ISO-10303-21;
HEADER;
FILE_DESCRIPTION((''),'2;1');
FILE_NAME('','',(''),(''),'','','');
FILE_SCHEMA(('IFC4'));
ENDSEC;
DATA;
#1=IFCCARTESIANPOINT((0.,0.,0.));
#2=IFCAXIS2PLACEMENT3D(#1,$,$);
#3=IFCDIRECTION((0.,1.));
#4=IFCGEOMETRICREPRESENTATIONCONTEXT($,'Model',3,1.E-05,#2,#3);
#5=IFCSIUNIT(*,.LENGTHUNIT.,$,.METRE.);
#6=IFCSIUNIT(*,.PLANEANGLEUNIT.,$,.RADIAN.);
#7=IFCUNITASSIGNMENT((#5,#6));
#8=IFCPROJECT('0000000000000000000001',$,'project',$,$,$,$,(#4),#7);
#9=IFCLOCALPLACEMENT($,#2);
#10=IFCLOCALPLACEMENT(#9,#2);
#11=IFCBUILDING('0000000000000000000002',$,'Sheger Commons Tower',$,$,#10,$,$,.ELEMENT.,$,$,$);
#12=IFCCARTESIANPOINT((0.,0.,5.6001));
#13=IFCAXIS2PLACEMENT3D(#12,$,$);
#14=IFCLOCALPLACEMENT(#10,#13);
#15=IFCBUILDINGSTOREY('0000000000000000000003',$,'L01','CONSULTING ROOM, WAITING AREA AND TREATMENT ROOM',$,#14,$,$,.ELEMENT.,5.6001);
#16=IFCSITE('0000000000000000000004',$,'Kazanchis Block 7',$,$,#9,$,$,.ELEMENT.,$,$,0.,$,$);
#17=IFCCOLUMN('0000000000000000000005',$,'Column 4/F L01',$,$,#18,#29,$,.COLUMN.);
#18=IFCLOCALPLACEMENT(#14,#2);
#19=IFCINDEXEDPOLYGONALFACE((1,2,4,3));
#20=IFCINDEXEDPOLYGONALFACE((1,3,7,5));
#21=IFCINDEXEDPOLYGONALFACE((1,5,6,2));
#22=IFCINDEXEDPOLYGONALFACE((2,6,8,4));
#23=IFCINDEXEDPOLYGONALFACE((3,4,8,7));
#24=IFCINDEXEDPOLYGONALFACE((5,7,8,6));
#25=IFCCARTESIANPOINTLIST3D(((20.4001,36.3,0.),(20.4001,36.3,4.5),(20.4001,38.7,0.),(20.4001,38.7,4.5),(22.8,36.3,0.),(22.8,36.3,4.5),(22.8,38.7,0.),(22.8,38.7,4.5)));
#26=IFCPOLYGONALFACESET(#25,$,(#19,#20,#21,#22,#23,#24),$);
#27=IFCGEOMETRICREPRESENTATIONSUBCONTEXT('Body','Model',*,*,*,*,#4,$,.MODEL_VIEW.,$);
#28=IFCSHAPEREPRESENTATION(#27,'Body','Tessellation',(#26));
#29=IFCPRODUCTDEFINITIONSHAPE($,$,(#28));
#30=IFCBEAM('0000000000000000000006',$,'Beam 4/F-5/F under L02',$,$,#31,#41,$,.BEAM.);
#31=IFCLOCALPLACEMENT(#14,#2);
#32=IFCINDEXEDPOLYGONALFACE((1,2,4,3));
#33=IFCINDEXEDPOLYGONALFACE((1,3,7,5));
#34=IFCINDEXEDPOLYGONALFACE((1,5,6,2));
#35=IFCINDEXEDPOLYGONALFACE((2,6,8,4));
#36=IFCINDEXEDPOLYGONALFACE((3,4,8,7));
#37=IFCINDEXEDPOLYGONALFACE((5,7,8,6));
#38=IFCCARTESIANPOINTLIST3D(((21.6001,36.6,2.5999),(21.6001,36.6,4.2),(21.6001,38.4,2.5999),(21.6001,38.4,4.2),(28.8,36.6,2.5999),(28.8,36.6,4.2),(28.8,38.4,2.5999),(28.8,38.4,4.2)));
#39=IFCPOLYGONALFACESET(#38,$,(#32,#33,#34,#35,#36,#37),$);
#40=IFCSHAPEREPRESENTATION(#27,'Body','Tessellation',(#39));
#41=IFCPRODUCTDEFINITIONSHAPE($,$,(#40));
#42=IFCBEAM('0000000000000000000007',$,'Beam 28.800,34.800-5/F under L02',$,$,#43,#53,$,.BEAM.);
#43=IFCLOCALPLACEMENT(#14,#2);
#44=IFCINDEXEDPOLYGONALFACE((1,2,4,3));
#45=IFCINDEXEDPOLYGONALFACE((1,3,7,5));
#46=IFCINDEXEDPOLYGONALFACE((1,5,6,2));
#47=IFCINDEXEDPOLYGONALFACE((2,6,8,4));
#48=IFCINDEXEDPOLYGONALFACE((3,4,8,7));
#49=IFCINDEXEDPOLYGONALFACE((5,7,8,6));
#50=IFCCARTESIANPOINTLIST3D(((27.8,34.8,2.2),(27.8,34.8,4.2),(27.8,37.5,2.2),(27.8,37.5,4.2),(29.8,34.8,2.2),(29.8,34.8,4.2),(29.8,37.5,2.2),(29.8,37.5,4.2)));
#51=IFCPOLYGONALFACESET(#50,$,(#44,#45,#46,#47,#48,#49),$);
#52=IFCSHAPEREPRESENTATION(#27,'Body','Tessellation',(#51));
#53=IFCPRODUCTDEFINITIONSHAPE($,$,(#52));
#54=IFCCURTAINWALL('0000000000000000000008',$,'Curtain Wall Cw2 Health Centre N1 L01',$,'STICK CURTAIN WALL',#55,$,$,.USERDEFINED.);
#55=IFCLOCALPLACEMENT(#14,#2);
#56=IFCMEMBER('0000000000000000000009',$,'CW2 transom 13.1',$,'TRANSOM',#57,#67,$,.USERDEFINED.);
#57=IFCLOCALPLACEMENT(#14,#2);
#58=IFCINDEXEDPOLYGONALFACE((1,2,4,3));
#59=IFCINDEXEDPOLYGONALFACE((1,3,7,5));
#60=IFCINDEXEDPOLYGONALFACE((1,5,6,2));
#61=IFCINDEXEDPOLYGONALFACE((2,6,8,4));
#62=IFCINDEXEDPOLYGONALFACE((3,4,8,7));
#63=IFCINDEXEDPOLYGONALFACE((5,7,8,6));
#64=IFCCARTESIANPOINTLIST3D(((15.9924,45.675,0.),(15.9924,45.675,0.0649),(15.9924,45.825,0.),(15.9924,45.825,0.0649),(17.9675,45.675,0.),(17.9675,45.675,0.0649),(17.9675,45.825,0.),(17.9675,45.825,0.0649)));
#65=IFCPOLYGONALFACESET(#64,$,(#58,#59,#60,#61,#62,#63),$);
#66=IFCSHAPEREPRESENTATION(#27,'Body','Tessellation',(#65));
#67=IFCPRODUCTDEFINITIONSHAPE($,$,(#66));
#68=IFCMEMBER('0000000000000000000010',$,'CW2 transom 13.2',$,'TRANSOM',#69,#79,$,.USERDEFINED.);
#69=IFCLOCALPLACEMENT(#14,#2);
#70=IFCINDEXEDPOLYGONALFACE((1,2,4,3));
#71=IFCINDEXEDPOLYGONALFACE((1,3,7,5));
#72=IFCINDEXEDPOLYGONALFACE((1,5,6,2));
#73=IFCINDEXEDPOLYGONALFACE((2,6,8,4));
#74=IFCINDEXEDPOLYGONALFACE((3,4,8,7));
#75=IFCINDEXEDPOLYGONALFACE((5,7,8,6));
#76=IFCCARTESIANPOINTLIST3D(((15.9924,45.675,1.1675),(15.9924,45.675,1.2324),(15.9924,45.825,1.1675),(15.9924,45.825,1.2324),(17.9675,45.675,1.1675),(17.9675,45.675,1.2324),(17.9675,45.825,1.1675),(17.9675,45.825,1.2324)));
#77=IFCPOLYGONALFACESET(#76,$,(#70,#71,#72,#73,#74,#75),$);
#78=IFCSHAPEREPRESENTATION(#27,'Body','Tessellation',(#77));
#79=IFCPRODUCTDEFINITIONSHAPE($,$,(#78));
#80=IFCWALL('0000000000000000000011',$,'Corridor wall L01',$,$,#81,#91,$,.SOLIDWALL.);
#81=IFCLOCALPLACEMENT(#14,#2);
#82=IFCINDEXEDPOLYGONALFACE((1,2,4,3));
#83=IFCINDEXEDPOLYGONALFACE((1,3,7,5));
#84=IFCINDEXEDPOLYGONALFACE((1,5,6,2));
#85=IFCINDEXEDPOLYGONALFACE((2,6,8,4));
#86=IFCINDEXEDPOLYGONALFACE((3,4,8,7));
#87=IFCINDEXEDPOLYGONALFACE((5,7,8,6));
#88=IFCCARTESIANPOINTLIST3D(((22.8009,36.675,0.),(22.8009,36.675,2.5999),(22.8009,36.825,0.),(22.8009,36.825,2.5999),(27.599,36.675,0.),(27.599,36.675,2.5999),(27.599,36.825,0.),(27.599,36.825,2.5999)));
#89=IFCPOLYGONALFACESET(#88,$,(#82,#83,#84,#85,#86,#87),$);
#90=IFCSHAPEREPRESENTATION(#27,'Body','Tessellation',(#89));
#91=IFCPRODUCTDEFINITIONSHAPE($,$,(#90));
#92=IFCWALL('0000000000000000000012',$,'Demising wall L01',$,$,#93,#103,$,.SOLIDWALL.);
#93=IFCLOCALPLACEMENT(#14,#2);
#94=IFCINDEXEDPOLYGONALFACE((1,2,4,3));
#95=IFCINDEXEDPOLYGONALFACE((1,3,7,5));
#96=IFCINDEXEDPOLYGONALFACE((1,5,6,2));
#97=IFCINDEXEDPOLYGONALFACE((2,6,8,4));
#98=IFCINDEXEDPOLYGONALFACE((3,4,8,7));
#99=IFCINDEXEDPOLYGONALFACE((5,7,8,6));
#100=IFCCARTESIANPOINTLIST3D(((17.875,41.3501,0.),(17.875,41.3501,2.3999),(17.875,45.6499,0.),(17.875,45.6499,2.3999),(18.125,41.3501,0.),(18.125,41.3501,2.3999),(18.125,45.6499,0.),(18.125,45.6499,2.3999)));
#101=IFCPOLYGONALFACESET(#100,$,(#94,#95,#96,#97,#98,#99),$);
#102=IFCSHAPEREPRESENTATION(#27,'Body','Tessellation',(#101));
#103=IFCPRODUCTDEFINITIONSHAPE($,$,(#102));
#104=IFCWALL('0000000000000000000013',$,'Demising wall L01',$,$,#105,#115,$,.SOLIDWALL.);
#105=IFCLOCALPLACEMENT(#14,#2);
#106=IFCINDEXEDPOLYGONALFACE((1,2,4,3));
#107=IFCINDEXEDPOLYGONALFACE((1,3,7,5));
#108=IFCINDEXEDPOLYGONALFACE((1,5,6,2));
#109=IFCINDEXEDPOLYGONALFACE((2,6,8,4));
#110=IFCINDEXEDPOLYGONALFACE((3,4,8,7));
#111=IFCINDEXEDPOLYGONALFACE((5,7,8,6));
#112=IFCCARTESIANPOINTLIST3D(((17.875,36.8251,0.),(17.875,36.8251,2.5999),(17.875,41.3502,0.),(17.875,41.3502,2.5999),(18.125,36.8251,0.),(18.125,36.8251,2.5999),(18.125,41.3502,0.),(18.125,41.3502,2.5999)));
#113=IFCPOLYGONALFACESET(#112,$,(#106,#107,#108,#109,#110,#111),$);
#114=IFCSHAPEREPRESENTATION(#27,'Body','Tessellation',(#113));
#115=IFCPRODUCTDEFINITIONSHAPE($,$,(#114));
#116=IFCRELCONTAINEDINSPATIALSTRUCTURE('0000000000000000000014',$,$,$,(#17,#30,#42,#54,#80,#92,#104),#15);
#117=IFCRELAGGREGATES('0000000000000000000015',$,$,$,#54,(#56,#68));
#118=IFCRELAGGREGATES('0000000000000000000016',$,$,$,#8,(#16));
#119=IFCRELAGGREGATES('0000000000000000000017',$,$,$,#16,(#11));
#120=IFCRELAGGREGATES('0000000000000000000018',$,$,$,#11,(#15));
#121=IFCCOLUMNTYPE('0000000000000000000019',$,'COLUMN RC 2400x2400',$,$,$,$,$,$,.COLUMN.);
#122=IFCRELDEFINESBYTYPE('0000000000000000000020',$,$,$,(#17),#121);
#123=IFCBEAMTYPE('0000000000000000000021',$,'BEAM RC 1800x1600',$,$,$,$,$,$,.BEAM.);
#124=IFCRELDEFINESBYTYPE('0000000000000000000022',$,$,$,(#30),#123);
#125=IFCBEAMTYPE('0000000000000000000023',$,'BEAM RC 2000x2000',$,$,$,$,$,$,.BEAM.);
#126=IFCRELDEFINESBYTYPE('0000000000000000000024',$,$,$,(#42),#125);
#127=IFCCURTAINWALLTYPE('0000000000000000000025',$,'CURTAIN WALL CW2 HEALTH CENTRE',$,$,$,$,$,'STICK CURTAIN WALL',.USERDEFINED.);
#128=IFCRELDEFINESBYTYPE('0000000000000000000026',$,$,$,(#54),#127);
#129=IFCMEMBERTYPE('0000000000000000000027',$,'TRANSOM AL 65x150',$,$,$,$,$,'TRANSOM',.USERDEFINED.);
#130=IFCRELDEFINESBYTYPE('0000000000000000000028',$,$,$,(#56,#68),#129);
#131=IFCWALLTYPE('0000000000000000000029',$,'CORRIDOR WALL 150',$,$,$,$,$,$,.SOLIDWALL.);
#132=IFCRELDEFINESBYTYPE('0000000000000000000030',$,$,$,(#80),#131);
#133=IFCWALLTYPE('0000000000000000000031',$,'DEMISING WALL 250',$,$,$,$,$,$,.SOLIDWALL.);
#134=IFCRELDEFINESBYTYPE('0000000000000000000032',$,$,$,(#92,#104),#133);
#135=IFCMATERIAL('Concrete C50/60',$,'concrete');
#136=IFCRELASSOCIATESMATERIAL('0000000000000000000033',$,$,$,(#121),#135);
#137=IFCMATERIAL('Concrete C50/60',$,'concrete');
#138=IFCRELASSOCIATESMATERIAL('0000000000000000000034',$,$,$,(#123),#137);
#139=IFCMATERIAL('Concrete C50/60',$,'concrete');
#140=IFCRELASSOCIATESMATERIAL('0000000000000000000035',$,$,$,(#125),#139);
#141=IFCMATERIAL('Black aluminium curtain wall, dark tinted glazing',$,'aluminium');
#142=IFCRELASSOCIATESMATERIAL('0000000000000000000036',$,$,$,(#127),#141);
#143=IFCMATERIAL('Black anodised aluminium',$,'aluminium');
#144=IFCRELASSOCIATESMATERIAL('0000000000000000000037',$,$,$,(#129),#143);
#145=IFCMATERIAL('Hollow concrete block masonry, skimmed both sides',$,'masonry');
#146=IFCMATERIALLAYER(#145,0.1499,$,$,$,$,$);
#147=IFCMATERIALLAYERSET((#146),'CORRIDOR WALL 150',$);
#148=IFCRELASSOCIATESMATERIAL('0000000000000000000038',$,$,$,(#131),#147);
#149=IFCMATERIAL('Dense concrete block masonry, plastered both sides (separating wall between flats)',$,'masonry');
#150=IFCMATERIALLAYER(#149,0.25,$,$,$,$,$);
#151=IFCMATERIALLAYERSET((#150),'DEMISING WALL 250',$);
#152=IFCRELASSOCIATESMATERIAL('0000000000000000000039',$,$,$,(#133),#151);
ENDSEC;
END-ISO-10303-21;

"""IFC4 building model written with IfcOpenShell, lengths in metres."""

from ifc_helpers import new_model, si_unit, direction, frame, frame_2d, origin, origin_2d, place, context, subcontext, project, spatial, rectangle, extrude, material, layer, layer_set, material_profile, profile_set, type_object, element, aggregate, save


model = new_model("IFC4")

# Units and contexts
model_context = context("Model", 3, precision=1e-05, world=origin(), true_north=direction((0.0, 1.0)))
body_context = subcontext(model_context, "Body", "Model", "MODEL_VIEW")
ifc_project = project(units=[si_unit("LENGTHUNIT", "METRE"), si_unit("PLANEANGLEUNIT", "RADIAN")], contexts=[model_context])

# Site, building, storey
site_placement = place(None, origin())
site = spatial("IfcSite", under=ifc_project, at=site_placement, Name="Kazanchis Block 7", CompositionType="ELEMENT", RefElevation=0.0)
building_placement = place(site_placement, origin())
building = spatial("IfcBuilding", under=site, at=building_placement, Name="Sheger Commons Tower", CompositionType="ELEMENT")
storey_placement = place(building_placement, frame((0.0, 0.0, 5.6001)))
storey = spatial("IfcBuildingStorey", under=building, at=storey_placement, Name="L01", Description="CONSULTING ROOM, WAITING AREA AND TREATMENT ROOM", CompositionType="ELEMENT", Elevation=5.6001)

# Column
ifc_material_1 = material(Name="Concrete C50/60", Category="concrete")
ifc_material_profile_1 = material_profile(ifc_material_1, rectangle(XDim=2.3999, YDim=2.3999, at=origin_2d()), Name="RC 2400x2400")
ifc_profile_set_1 = profile_set([ifc_material_profile_1], Name="Concrete C50/60")
column_type = type_object("IfcColumnType", Name="COLUMN RC 2400x2400", PredefinedType="COLUMN", material=ifc_profile_set_1)
column_placement = place(storey_placement, frame((21.6001, 37.5, 0.0), z_axis=(0.0, 0.0, 1.0), x_axis=(1.0, 0.0, 0.0)))
element("IfcColumn", 1, at=column_placement, inside=storey, type_object=column_type, Name="Column 4/F L01", PredefinedType="COLUMN", context=body_context, shape_type="SweptSolid", body=[
    extrude(rectangle(XDim=2.3999, YDim=2.3999, at=origin_2d()), origin(), (0.0, 0.0, 1.0), 4.5),
])

# Beams
ifc_material_2 = material(Name="Concrete C50/60", Category="concrete")
ifc_material_profile_2 = material_profile(ifc_material_2, rectangle(XDim=1.8, YDim=1.6001, at=origin_2d()), Name="RC 1800x1600")
ifc_profile_set_2 = profile_set([ifc_material_profile_2], Name="Concrete C50/60")
beam_type_1 = type_object("IfcBeamType", Name="BEAM RC 1800x1600", PredefinedType="BEAM", material=ifc_profile_set_2)
beam_1_placement = place(storey_placement, frame((21.6001, 37.5, 3.3999), z_axis=(1.0, 0.0, 0.0), x_axis=(0.0, 1.0, 0.0)))
element("IfcBeam", 2, at=beam_1_placement, inside=storey, type_object=beam_type_1, Name="Beam 4/F-5/F under L02", PredefinedType="BEAM", context=body_context, shape_type="SweptSolid", body=[
    extrude(rectangle(XDim=1.8, YDim=1.6001, at=origin_2d()), origin(), (0.0, 0.0, 1.0), 7.2),
])
ifc_material_3 = material(Name="Concrete C50/60", Category="concrete")
ifc_material_profile_3 = material_profile(ifc_material_3, rectangle(XDim=2.0, YDim=2.0, at=origin_2d()), Name="RC 2000x2000")
ifc_profile_set_3 = profile_set([ifc_material_profile_3], Name="Concrete C50/60")
beam_type_2 = type_object("IfcBeamType", Name="BEAM RC 2000x2000", PredefinedType="BEAM", material=ifc_profile_set_3)
beam_2_placement = place(storey_placement, frame((28.8, 34.8, 3.2), z_axis=(0.0, 1.0, 0.0), x_axis=(-1.0, 0.0, 0.0)))
element("IfcBeam", 3, at=beam_2_placement, inside=storey, type_object=beam_type_2, Name="Beam 28.800,34.800-5/F under L02", PredefinedType="BEAM", context=body_context, shape_type="SweptSolid", body=[
    extrude(rectangle(XDim=2.0, YDim=2.0, at=origin_2d()), origin(), (0.0, 0.0, 1.0), 2.7),
])

# Curtain wall, members
ifc_material_4 = material(Name="Black aluminium curtain wall, dark tinted glazing", Category="aluminium")
curtain_wall_type = type_object("IfcCurtainWallType", Name="CURTAIN WALL CW2 HEALTH CENTRE", ElementType="STICK CURTAIN WALL", PredefinedType="USERDEFINED", material=ifc_material_4)
curtain_wall_placement = place(storey_placement, origin())
curtain_wall = element("IfcCurtainWall", 4, at=curtain_wall_placement, inside=storey, type_object=curtain_wall_type, Name="Curtain Wall Cw2 Health Centre N1 L01", ObjectType="STICK CURTAIN WALL", PredefinedType="USERDEFINED")
ifc_material_5 = material(Name="Black anodised aluminium", Category="aluminium")
ifc_material_profile_4 = material_profile(ifc_material_5, rectangle(XDim=0.1499, YDim=0.0649, at=origin_2d()), Name="AL 65x150")
ifc_profile_set_4 = profile_set([ifc_material_profile_4], Name="Black anodised aluminium")
member_type = type_object("IfcMemberType", Name="TRANSOM AL 65x150", ElementType="TRANSOM", PredefinedType="USERDEFINED", material=ifc_profile_set_4)
member_1_placement = place(storey_placement, frame((17.9675, 45.75, 0.0325), z_axis=(-1.0, 0.0, 0.0), x_axis=(0.0, -1.0, 0.0)))
member_1 = element("IfcMember", 5, at=member_1_placement, type_object=member_type, Name="CW2 transom 13.1", ObjectType="TRANSOM", PredefinedType="USERDEFINED", context=body_context, shape_type="SweptSolid", body=[
    extrude(rectangle(XDim=0.1499, YDim=0.0649, at=origin_2d()), origin(), (0.0, 0.0, 1.0), 1.9751),
])
member_2_placement = place(storey_placement, frame((17.9675, 45.75, 1.2), z_axis=(-1.0, 0.0, 0.0), x_axis=(0.0, -1.0, 0.0)))
member_2 = element("IfcMember", 6, at=member_2_placement, type_object=member_type, Name="CW2 transom 13.2", ObjectType="TRANSOM", PredefinedType="USERDEFINED", context=body_context, shape_type="SweptSolid", body=[
    extrude(rectangle(XDim=0.1499, YDim=0.0649, at=origin_2d()), origin(), (0.0, 0.0, 1.0), 1.9751),
])
aggregate(curtain_wall, [member_1, member_2])

# Walls
ifc_material_6 = material(Name="Hollow concrete block masonry, skimmed both sides", Category="masonry")
ifc_layer_1 = layer(ifc_material_6, 0.1499)
ifc_layer_set_1 = layer_set([ifc_layer_1], Name="CORRIDOR WALL 150")
wall_type_1 = type_object("IfcWallType", Name="CORRIDOR WALL 150", PredefinedType="SOLIDWALL", material=ifc_layer_set_1)
wall_1_placement = place(storey_placement, frame((22.801, 36.75, 0.0), z_axis=(0.0, 0.0, 1.0), x_axis=(1.0, 0.0, 0.0)))
element("IfcWall", 7, at=wall_1_placement, inside=storey, type_object=wall_type_1, Name="Corridor wall L01", PredefinedType="SOLIDWALL", context=body_context, shape_type="SweptSolid", body=[
    extrude(rectangle(XDim=4.7981, YDim=0.1499, at=frame_2d((2.3989, 0.0))), origin(), (0.0, 0.0, 1.0), 2.5999),
])
ifc_material_7 = material(Name="Dense concrete block masonry, plastered both sides (separating wall between flats)", Category="masonry")
ifc_layer_2 = layer(ifc_material_7, 0.25)
ifc_layer_set_2 = layer_set([ifc_layer_2], Name="DEMISING WALL 250")
wall_type_2 = type_object("IfcWallType", Name="DEMISING WALL 250", PredefinedType="SOLIDWALL", material=ifc_layer_set_2)
wall_2_placement = place(storey_placement, frame((18.0, 41.3501, 0.0), z_axis=(0.0, 0.0, 1.0), x_axis=(0.0, 1.0, 0.0)))
element("IfcWall", 8, at=wall_2_placement, inside=storey, type_object=wall_type_2, Name="Demising wall L01", PredefinedType="SOLIDWALL", context=body_context, shape_type="SweptSolid", body=[
    extrude(rectangle(XDim=4.2998, YDim=0.25, at=frame_2d((2.1499, 0.0))), origin(), (0.0, 0.0, 1.0), 2.3999),
])
wall_3_placement = place(storey_placement, frame((18.0, 36.825, 0.0), z_axis=(0.0, 0.0, 1.0), x_axis=(0.0, 1.0, 0.0)))
element("IfcWall", 9, at=wall_3_placement, inside=storey, type_object=wall_type_2, Name="Demising wall L01", PredefinedType="SOLIDWALL", context=body_context, shape_type="SweptSolid", body=[
    extrude(rectangle(XDim=4.5251, YDim=0.25, at=frame_2d((2.2627, 0.0))), origin(), (0.0, 0.0, 1.0), 2.5999),
])

save(model, "model.ifc")
